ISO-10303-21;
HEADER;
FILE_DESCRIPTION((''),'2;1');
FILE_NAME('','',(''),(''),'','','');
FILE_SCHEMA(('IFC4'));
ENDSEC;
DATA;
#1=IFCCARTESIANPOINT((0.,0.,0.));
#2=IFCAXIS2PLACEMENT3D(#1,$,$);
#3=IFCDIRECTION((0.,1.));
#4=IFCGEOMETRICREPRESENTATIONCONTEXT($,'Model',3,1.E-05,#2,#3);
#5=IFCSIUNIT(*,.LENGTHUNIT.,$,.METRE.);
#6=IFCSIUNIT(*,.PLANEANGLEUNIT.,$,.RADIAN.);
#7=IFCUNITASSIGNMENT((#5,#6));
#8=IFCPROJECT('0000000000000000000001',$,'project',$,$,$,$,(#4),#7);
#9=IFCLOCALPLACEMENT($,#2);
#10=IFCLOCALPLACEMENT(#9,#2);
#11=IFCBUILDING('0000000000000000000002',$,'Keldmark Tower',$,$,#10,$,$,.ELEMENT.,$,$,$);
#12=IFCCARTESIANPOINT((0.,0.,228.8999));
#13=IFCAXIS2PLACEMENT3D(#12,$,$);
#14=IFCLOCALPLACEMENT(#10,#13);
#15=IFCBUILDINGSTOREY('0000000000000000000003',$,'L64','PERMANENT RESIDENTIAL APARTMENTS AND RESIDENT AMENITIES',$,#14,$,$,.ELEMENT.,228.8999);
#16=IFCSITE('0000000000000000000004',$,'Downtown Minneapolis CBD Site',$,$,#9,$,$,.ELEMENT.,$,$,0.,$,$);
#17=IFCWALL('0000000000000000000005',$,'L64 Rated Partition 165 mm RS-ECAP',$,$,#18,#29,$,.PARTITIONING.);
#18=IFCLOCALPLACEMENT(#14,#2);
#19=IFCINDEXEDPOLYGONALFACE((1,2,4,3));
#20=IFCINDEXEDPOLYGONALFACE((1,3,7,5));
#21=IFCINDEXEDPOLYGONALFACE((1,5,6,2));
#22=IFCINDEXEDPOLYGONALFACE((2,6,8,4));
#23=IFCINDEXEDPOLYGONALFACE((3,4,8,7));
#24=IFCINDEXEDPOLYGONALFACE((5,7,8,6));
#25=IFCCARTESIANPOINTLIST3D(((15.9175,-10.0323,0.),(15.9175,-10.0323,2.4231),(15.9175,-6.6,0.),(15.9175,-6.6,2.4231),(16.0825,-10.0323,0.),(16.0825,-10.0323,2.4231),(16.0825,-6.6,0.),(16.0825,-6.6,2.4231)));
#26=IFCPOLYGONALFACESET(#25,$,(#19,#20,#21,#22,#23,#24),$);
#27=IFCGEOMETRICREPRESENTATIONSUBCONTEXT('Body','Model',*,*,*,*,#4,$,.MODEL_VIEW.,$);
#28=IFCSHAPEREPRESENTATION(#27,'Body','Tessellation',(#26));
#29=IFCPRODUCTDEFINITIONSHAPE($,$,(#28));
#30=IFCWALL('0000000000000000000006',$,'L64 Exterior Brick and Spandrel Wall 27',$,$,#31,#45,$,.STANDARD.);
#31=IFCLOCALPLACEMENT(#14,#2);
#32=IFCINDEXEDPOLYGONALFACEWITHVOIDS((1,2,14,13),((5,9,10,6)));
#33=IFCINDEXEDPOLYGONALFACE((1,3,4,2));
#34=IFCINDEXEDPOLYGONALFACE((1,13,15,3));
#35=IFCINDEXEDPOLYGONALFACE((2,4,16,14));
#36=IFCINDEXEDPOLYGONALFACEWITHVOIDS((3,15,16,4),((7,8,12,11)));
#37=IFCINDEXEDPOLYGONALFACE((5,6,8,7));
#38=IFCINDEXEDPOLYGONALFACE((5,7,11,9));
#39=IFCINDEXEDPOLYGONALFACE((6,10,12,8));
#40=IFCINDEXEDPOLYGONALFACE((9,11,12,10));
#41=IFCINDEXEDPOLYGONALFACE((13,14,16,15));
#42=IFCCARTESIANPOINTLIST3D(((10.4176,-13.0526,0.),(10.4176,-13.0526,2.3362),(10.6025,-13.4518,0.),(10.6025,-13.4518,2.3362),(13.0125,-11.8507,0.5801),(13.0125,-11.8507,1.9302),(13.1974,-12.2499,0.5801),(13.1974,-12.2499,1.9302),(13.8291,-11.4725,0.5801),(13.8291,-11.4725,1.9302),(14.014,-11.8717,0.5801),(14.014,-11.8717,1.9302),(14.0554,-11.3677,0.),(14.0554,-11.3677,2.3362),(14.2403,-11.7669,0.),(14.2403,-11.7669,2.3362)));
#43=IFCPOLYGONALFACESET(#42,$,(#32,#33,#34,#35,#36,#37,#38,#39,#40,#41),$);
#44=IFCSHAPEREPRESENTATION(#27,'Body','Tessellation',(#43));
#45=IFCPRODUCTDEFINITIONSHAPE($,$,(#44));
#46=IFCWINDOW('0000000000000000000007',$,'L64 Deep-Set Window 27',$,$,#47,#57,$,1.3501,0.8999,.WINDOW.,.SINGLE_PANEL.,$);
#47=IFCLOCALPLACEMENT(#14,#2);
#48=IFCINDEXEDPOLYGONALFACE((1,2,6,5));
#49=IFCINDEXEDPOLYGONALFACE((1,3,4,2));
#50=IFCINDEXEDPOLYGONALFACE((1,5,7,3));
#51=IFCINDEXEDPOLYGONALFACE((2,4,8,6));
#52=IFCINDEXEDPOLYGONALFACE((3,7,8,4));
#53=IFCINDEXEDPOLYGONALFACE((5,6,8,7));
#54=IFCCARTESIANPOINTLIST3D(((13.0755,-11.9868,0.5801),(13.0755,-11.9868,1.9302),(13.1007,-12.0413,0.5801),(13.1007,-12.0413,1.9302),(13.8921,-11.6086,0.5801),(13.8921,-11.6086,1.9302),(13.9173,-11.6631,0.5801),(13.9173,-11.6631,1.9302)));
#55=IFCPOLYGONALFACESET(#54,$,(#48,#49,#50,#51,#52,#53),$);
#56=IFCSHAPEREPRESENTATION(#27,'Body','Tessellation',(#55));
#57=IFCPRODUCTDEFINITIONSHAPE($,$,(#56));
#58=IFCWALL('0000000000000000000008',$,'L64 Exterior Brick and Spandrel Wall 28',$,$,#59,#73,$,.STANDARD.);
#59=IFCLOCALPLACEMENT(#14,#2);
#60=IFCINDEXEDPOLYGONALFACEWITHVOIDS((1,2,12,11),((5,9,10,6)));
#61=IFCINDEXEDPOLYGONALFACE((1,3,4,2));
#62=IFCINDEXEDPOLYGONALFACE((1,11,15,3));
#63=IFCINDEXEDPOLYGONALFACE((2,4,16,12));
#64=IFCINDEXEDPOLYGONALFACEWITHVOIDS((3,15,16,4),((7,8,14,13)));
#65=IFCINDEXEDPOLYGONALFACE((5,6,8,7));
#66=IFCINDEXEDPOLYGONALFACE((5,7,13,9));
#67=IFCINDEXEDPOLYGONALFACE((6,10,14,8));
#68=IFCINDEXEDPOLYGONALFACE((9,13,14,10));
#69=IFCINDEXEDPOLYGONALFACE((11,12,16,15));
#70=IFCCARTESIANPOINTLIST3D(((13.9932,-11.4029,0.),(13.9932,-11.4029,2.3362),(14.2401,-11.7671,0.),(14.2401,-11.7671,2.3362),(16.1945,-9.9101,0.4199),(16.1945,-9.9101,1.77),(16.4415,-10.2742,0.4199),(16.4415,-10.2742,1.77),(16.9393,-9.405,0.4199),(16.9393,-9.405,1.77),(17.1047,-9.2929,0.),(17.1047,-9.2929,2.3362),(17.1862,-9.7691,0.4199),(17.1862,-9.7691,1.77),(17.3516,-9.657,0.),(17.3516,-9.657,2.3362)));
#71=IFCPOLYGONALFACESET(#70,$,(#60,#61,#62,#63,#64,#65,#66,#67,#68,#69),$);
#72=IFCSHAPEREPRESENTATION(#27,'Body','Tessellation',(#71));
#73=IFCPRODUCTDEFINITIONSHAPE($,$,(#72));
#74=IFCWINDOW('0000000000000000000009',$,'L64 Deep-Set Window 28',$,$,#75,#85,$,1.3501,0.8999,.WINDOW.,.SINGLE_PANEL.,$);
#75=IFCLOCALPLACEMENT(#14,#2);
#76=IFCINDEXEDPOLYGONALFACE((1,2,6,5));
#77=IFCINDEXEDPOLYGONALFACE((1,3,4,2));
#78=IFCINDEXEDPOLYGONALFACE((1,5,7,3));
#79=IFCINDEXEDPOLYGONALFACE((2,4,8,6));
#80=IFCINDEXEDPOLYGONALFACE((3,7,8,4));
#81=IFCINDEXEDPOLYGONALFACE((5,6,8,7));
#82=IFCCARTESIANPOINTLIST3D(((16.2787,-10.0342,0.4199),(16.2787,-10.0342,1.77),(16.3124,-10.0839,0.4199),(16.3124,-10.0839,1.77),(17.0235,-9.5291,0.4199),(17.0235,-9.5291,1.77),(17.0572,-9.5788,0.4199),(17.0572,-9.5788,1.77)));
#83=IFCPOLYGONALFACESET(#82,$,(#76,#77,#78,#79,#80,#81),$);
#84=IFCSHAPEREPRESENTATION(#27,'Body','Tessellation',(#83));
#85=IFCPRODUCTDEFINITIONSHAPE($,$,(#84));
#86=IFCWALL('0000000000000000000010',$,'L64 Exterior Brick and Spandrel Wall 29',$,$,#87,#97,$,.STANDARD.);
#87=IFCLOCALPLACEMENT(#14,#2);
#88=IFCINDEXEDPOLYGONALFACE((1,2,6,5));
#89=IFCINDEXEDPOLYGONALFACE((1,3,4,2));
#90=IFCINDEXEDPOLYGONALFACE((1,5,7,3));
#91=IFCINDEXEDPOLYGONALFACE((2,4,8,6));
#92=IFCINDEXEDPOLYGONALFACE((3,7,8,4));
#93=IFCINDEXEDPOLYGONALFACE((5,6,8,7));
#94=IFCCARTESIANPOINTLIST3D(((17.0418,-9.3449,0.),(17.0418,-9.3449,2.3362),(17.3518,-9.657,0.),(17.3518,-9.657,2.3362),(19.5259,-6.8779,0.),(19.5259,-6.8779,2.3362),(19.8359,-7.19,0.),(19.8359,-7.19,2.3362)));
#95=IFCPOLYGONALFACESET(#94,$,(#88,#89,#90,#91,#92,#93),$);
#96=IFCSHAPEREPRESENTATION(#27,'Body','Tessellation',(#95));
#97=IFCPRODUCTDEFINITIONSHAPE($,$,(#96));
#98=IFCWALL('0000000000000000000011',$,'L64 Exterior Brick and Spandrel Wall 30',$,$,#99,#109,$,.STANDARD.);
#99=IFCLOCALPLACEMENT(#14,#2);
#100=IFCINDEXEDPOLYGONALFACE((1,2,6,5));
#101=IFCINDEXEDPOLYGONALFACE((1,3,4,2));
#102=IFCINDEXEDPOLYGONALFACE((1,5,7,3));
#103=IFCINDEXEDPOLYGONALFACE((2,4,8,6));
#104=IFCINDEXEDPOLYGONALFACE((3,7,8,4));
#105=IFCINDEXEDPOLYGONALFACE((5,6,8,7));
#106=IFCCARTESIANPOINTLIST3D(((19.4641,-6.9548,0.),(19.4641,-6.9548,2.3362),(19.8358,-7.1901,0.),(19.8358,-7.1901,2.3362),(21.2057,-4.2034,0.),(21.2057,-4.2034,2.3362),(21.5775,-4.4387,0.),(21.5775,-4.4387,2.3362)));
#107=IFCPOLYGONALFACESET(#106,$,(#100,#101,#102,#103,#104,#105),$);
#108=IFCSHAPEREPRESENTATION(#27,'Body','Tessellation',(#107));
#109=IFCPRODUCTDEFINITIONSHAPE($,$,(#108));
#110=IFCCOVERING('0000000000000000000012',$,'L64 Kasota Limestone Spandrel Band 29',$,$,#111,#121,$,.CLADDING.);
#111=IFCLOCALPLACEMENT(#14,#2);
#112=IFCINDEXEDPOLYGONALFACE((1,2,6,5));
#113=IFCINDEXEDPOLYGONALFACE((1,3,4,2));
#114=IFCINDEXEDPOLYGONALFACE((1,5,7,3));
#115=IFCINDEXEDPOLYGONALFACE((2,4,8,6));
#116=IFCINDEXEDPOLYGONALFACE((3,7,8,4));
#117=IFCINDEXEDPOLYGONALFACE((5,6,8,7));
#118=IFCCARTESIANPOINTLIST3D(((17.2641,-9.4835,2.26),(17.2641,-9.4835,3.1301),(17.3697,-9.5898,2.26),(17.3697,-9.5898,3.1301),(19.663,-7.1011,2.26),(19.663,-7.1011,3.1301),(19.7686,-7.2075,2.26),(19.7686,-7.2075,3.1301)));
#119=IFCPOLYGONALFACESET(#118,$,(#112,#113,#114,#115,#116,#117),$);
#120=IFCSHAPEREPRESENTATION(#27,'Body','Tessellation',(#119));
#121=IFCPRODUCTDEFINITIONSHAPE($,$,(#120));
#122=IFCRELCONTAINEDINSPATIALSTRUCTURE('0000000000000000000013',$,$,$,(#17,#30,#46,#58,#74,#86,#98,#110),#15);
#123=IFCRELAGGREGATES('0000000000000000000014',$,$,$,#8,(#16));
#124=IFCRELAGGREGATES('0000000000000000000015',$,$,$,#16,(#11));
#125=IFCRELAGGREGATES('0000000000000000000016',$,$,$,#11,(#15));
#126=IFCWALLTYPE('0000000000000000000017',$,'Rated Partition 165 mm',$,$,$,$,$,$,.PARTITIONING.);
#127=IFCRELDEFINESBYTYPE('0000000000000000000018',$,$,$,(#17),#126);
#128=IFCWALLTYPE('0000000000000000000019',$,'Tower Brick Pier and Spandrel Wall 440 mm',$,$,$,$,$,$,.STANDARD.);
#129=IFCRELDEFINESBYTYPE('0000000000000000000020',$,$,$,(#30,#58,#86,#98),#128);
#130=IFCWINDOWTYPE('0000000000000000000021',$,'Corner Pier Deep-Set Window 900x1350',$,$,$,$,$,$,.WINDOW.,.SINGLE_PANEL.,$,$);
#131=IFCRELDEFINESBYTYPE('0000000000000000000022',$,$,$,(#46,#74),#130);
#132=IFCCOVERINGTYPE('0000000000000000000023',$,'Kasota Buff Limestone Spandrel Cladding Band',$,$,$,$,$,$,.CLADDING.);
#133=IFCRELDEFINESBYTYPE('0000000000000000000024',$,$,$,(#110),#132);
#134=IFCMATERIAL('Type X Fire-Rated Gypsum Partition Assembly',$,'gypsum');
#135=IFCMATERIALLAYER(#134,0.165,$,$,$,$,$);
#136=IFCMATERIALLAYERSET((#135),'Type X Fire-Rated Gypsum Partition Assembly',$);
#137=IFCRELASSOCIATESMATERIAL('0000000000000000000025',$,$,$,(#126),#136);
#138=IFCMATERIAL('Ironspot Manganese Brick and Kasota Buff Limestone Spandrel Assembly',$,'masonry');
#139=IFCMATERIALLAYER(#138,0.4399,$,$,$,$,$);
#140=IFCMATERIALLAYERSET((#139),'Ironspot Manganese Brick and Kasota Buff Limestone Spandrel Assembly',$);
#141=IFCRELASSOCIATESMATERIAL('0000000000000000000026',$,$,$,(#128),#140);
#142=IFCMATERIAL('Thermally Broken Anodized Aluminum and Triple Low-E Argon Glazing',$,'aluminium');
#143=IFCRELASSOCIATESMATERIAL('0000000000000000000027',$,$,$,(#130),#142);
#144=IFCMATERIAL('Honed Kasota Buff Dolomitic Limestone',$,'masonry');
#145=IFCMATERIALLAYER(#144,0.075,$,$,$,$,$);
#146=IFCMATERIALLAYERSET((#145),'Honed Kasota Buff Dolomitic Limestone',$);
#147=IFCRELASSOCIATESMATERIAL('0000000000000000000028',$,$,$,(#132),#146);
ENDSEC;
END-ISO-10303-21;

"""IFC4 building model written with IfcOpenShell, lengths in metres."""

from ifc_helpers import new_model, si_unit, direction, frame, frame_2d, origin, origin_2d, place, context, subcontext, project, spatial, rectangle, extrude, material, layer, layer_set, type_object, element, fill, save


model = new_model("IFC4")

# Units and contexts
model_context = context("Model", 3, precision=1e-05, world=origin(), true_north=direction((0.0, 1.0)))
body_context = subcontext(model_context, "Body", "Model", "MODEL_VIEW")
ifc_project = project(units=[si_unit("LENGTHUNIT", "METRE"), si_unit("PLANEANGLEUNIT", "RADIAN")], contexts=[model_context])

# Site, building, storey
site_placement = place(None, origin())
site = spatial("IfcSite", under=ifc_project, at=site_placement, Name="Downtown Minneapolis CBD Site", CompositionType="ELEMENT", RefElevation=0.0)
building_placement = place(site_placement, origin())
building = spatial("IfcBuilding", under=site, at=building_placement, Name="Keldmark Tower", CompositionType="ELEMENT")
storey_placement = place(building_placement, frame((0.0, 0.0, 228.8999)))
storey = spatial("IfcBuildingStorey", under=building, at=storey_placement, Name="L64", Description="PERMANENT RESIDENTIAL APARTMENTS AND RESIDENT AMENITIES", CompositionType="ELEMENT", Elevation=228.8999)

# Shared definitions
ifc_material_1 = material(Name="Type X Fire-Rated Gypsum Partition Assembly", Category="gypsum")
ifc_layer_1 = layer(ifc_material_1, 0.165)
ifc_layer_set_1 = layer_set([ifc_layer_1], Name="Type X Fire-Rated Gypsum Partition Assembly")
wall_type_1 = type_object("IfcWallType", Name="Rated Partition 165 mm", PredefinedType="PARTITIONING", material=ifc_layer_set_1)

# Wall
wall_1_placement = place(storey_placement, frame((16.0, -10.0325, 0.0), z_axis=(0.0, 0.0, 1.0), x_axis=(0.0, 1.0, 0.0)))
element("IfcWall", 1, at=wall_1_placement, inside=storey, type_object=wall_type_1, Name="L64 Rated Partition 165 mm RS-ECAP", PredefinedType="PARTITIONING", context=body_context, shape_type="SweptSolid", body=[
    extrude(rectangle(XDim=3.4324, YDim=0.165, at=frame_2d((1.7163, 0.0))), origin(), (0.0, 0.0, 1.0), 2.4231),
])

# Walls, openings, windows
ifc_material_2 = material(Name="Ironspot Manganese Brick and Kasota Buff Limestone Spandrel Assembly", Category="masonry")
ifc_layer_2 = layer(ifc_material_2, 0.4399)
ifc_layer_set_2 = layer_set([ifc_layer_2], Name="Ironspot Manganese Brick and Kasota Buff Limestone Spandrel Assembly")
wall_type_2 = type_object("IfcWallType", Name="Tower Brick Pier and Spandrel Wall 440 mm", PredefinedType="STANDARD", material=ifc_layer_set_2)
wall_2_placement = place(storey_placement, frame((14.1477, -11.5674, 0.0), z_axis=(0.0, 0.0, 1.0), x_axis=(-0.907401, -0.420267, 0.0)))
wall_2 = element("IfcWall", 2, at=wall_2_placement, inside=storey, type_object=wall_type_2, Name="L64 Exterior Brick and Spandrel Wall 27", PredefinedType="STANDARD", context=body_context, shape_type="SweptSolid", body=[
    extrude(rectangle(XDim=4.009, YDim=0.4399, at=frame_2d((2.0044, 0.0))), origin(), (0.0, 0.0, 1.0), 2.3362),
])
opening_1_placement = place(wall_2_placement, frame((0.2493, 0.0, 0.5801)))
opening_1 = element("IfcOpeningElement", 3, at=opening_1_placement, cuts=wall_2, PredefinedType="OPENING", context=body_context, shape_type="SweptSolid", body=[
    extrude(rectangle(XDim=0.8999, YDim=1.3501, at=frame_2d((0.45, 0.675))), frame((0.0, 0.23, 0.0), z_axis=(0.0, -1.0, 0.0), x_axis=(1.0, 0.0, 0.0)), (0.0, 0.0, 1.0), 0.46),
])
ifc_material_3 = material(Name="Thermally Broken Anodized Aluminum and Triple Low-E Argon Glazing", Category="aluminium")
window_type = type_object("IfcWindowType", Name="Corner Pier Deep-Set Window 900x1350", PartitioningType="SINGLE_PANEL", PredefinedType="WINDOW", material=ifc_material_3)
window_1_placement = place(opening_1_placement, origin())
window_1 = element("IfcWindow", 4, at=window_1_placement, inside=storey, type_object=window_type, Name="L64 Deep-Set Window 27", OverallHeight=1.3501, OverallWidth=0.8999, PartitioningType="SINGLE_PANEL", PredefinedType="WINDOW", context=body_context, shape_type="SweptSolid", body=[
    extrude(rectangle(XDim=0.8999, YDim=1.3501, at=frame_2d((0.45, 0.675))), frame((0.0, -0.01, 0.0), z_axis=(0.0, -1.0, 0.0), x_axis=(1.0, 0.0, 0.0)), (0.0, 0.0, 1.0), 0.0601),
])
fill(opening_1, window_1)
wall_3_placement = place(storey_placement, frame((17.2283, -9.4749, 0.0), z_axis=(0.0, 0.0, 1.0), x_axis=(-0.827638, -0.561262, 0.0)))
wall_3 = element("IfcWall", 5, at=wall_3_placement, inside=storey, type_object=wall_type_2, Name="L64 Exterior Brick and Spandrel Wall 28", PredefinedType="STANDARD", context=body_context, shape_type="SweptSolid", body=[
    extrude(rectangle(XDim=3.7595, YDim=0.4399, at=frame_2d((1.8799, 0.0))), origin(), (0.0, 0.0, 1.0), 2.3362),
])
opening_2_placement = place(wall_3_placement, frame((0.2, 0.0, 0.4199)))
opening_2 = element("IfcOpeningElement", 6, at=opening_2_placement, cuts=wall_3, PredefinedType="OPENING", context=body_context, shape_type="SweptSolid", body=[
    extrude(rectangle(XDim=0.8999, YDim=1.3501, at=frame_2d((0.45, 0.675))), frame((0.0, 0.23, 0.0), z_axis=(0.0, -1.0, 0.0), x_axis=(1.0, 0.0, 0.0)), (0.0, 0.0, 1.0), 0.46),
])
window_2_placement = place(opening_2_placement, origin())
window_2 = element("IfcWindow", 7, at=window_2_placement, inside=storey, type_object=window_type, Name="L64 Deep-Set Window 28", OverallHeight=1.3501, OverallWidth=0.8999, PartitioningType="SINGLE_PANEL", PredefinedType="WINDOW", context=body_context, shape_type="SweptSolid", body=[
    extrude(rectangle(XDim=0.8999, YDim=1.3501, at=frame_2d((0.45, 0.675))), frame((0.0, -0.01, 0.0), z_axis=(0.0, -1.0, 0.0), x_axis=(1.0, 0.0, 0.0)), (0.0, 0.0, 1.0), 0.0601),
])
fill(opening_2, window_2)

# Walls
wall_4_placement = place(storey_placement, frame((19.6809, -7.0339, 0.0), z_axis=(0.0, 0.0, 1.0), x_axis=(-0.709543, -0.704662, 0.0)))
element("IfcWall", 8, at=wall_4_placement, inside=storey, type_object=wall_type_2, Name="L64 Exterior Brick and Spandrel Wall 29", PredefinedType="STANDARD", context=body_context, shape_type="SweptSolid", body=[
    extrude(rectangle(XDim=3.501, YDim=0.4399, at=frame_2d((1.7505, 0.0))), origin(), (0.0, 0.0, 1.0), 2.3362),
])
wall_5_placement = place(storey_placement, frame((21.3916, -4.321, 0.0), z_axis=(0.0, 0.0, 1.0), x_axis=(-0.534856, -0.844943, 0.0)))
element("IfcWall", 9, at=wall_5_placement, inside=storey, type_object=wall_type_2, Name="L64 Exterior Brick and Spandrel Wall 30", PredefinedType="STANDARD", context=body_context, shape_type="SweptSolid", body=[
    extrude(rectangle(XDim=3.2563, YDim=0.4399, at=frame_2d((1.6282, 0.0))), origin(), (0.0, 0.0, 1.0), 2.3362),
])

# Covering
ifc_material_4 = material(Name="Honed Kasota Buff Dolomitic Limestone", Category="masonry")
ifc_layer_3 = layer(ifc_material_4, 0.075)
ifc_layer_set_3 = layer_set([ifc_layer_3], Name="Honed Kasota Buff Dolomitic Limestone")
covering_type = type_object("IfcCoveringType", Name="Kasota Buff Limestone Spandrel Cladding Band", PredefinedType="CLADDING", material=ifc_layer_set_3)
covering_placement = place(storey_placement, frame((18.5164, -8.3455, 2.26), z_axis=(0.0, 0.0, 1.0), x_axis=(0.709546, 0.704659, 0.0)))
element("IfcCovering", 10, at=covering_placement, inside=storey, type_object=covering_type, Name="L64 Kasota Limestone Spandrel Band 29", PredefinedType="CLADDING", context=body_context, shape_type="SweptSolid", body=[
    extrude(rectangle(XDim=3.3809, YDim=0.1499, at=origin_2d()), origin(), (0.0, 0.0, 1.0), 0.8701),
])

save(model, "model.ifc")
